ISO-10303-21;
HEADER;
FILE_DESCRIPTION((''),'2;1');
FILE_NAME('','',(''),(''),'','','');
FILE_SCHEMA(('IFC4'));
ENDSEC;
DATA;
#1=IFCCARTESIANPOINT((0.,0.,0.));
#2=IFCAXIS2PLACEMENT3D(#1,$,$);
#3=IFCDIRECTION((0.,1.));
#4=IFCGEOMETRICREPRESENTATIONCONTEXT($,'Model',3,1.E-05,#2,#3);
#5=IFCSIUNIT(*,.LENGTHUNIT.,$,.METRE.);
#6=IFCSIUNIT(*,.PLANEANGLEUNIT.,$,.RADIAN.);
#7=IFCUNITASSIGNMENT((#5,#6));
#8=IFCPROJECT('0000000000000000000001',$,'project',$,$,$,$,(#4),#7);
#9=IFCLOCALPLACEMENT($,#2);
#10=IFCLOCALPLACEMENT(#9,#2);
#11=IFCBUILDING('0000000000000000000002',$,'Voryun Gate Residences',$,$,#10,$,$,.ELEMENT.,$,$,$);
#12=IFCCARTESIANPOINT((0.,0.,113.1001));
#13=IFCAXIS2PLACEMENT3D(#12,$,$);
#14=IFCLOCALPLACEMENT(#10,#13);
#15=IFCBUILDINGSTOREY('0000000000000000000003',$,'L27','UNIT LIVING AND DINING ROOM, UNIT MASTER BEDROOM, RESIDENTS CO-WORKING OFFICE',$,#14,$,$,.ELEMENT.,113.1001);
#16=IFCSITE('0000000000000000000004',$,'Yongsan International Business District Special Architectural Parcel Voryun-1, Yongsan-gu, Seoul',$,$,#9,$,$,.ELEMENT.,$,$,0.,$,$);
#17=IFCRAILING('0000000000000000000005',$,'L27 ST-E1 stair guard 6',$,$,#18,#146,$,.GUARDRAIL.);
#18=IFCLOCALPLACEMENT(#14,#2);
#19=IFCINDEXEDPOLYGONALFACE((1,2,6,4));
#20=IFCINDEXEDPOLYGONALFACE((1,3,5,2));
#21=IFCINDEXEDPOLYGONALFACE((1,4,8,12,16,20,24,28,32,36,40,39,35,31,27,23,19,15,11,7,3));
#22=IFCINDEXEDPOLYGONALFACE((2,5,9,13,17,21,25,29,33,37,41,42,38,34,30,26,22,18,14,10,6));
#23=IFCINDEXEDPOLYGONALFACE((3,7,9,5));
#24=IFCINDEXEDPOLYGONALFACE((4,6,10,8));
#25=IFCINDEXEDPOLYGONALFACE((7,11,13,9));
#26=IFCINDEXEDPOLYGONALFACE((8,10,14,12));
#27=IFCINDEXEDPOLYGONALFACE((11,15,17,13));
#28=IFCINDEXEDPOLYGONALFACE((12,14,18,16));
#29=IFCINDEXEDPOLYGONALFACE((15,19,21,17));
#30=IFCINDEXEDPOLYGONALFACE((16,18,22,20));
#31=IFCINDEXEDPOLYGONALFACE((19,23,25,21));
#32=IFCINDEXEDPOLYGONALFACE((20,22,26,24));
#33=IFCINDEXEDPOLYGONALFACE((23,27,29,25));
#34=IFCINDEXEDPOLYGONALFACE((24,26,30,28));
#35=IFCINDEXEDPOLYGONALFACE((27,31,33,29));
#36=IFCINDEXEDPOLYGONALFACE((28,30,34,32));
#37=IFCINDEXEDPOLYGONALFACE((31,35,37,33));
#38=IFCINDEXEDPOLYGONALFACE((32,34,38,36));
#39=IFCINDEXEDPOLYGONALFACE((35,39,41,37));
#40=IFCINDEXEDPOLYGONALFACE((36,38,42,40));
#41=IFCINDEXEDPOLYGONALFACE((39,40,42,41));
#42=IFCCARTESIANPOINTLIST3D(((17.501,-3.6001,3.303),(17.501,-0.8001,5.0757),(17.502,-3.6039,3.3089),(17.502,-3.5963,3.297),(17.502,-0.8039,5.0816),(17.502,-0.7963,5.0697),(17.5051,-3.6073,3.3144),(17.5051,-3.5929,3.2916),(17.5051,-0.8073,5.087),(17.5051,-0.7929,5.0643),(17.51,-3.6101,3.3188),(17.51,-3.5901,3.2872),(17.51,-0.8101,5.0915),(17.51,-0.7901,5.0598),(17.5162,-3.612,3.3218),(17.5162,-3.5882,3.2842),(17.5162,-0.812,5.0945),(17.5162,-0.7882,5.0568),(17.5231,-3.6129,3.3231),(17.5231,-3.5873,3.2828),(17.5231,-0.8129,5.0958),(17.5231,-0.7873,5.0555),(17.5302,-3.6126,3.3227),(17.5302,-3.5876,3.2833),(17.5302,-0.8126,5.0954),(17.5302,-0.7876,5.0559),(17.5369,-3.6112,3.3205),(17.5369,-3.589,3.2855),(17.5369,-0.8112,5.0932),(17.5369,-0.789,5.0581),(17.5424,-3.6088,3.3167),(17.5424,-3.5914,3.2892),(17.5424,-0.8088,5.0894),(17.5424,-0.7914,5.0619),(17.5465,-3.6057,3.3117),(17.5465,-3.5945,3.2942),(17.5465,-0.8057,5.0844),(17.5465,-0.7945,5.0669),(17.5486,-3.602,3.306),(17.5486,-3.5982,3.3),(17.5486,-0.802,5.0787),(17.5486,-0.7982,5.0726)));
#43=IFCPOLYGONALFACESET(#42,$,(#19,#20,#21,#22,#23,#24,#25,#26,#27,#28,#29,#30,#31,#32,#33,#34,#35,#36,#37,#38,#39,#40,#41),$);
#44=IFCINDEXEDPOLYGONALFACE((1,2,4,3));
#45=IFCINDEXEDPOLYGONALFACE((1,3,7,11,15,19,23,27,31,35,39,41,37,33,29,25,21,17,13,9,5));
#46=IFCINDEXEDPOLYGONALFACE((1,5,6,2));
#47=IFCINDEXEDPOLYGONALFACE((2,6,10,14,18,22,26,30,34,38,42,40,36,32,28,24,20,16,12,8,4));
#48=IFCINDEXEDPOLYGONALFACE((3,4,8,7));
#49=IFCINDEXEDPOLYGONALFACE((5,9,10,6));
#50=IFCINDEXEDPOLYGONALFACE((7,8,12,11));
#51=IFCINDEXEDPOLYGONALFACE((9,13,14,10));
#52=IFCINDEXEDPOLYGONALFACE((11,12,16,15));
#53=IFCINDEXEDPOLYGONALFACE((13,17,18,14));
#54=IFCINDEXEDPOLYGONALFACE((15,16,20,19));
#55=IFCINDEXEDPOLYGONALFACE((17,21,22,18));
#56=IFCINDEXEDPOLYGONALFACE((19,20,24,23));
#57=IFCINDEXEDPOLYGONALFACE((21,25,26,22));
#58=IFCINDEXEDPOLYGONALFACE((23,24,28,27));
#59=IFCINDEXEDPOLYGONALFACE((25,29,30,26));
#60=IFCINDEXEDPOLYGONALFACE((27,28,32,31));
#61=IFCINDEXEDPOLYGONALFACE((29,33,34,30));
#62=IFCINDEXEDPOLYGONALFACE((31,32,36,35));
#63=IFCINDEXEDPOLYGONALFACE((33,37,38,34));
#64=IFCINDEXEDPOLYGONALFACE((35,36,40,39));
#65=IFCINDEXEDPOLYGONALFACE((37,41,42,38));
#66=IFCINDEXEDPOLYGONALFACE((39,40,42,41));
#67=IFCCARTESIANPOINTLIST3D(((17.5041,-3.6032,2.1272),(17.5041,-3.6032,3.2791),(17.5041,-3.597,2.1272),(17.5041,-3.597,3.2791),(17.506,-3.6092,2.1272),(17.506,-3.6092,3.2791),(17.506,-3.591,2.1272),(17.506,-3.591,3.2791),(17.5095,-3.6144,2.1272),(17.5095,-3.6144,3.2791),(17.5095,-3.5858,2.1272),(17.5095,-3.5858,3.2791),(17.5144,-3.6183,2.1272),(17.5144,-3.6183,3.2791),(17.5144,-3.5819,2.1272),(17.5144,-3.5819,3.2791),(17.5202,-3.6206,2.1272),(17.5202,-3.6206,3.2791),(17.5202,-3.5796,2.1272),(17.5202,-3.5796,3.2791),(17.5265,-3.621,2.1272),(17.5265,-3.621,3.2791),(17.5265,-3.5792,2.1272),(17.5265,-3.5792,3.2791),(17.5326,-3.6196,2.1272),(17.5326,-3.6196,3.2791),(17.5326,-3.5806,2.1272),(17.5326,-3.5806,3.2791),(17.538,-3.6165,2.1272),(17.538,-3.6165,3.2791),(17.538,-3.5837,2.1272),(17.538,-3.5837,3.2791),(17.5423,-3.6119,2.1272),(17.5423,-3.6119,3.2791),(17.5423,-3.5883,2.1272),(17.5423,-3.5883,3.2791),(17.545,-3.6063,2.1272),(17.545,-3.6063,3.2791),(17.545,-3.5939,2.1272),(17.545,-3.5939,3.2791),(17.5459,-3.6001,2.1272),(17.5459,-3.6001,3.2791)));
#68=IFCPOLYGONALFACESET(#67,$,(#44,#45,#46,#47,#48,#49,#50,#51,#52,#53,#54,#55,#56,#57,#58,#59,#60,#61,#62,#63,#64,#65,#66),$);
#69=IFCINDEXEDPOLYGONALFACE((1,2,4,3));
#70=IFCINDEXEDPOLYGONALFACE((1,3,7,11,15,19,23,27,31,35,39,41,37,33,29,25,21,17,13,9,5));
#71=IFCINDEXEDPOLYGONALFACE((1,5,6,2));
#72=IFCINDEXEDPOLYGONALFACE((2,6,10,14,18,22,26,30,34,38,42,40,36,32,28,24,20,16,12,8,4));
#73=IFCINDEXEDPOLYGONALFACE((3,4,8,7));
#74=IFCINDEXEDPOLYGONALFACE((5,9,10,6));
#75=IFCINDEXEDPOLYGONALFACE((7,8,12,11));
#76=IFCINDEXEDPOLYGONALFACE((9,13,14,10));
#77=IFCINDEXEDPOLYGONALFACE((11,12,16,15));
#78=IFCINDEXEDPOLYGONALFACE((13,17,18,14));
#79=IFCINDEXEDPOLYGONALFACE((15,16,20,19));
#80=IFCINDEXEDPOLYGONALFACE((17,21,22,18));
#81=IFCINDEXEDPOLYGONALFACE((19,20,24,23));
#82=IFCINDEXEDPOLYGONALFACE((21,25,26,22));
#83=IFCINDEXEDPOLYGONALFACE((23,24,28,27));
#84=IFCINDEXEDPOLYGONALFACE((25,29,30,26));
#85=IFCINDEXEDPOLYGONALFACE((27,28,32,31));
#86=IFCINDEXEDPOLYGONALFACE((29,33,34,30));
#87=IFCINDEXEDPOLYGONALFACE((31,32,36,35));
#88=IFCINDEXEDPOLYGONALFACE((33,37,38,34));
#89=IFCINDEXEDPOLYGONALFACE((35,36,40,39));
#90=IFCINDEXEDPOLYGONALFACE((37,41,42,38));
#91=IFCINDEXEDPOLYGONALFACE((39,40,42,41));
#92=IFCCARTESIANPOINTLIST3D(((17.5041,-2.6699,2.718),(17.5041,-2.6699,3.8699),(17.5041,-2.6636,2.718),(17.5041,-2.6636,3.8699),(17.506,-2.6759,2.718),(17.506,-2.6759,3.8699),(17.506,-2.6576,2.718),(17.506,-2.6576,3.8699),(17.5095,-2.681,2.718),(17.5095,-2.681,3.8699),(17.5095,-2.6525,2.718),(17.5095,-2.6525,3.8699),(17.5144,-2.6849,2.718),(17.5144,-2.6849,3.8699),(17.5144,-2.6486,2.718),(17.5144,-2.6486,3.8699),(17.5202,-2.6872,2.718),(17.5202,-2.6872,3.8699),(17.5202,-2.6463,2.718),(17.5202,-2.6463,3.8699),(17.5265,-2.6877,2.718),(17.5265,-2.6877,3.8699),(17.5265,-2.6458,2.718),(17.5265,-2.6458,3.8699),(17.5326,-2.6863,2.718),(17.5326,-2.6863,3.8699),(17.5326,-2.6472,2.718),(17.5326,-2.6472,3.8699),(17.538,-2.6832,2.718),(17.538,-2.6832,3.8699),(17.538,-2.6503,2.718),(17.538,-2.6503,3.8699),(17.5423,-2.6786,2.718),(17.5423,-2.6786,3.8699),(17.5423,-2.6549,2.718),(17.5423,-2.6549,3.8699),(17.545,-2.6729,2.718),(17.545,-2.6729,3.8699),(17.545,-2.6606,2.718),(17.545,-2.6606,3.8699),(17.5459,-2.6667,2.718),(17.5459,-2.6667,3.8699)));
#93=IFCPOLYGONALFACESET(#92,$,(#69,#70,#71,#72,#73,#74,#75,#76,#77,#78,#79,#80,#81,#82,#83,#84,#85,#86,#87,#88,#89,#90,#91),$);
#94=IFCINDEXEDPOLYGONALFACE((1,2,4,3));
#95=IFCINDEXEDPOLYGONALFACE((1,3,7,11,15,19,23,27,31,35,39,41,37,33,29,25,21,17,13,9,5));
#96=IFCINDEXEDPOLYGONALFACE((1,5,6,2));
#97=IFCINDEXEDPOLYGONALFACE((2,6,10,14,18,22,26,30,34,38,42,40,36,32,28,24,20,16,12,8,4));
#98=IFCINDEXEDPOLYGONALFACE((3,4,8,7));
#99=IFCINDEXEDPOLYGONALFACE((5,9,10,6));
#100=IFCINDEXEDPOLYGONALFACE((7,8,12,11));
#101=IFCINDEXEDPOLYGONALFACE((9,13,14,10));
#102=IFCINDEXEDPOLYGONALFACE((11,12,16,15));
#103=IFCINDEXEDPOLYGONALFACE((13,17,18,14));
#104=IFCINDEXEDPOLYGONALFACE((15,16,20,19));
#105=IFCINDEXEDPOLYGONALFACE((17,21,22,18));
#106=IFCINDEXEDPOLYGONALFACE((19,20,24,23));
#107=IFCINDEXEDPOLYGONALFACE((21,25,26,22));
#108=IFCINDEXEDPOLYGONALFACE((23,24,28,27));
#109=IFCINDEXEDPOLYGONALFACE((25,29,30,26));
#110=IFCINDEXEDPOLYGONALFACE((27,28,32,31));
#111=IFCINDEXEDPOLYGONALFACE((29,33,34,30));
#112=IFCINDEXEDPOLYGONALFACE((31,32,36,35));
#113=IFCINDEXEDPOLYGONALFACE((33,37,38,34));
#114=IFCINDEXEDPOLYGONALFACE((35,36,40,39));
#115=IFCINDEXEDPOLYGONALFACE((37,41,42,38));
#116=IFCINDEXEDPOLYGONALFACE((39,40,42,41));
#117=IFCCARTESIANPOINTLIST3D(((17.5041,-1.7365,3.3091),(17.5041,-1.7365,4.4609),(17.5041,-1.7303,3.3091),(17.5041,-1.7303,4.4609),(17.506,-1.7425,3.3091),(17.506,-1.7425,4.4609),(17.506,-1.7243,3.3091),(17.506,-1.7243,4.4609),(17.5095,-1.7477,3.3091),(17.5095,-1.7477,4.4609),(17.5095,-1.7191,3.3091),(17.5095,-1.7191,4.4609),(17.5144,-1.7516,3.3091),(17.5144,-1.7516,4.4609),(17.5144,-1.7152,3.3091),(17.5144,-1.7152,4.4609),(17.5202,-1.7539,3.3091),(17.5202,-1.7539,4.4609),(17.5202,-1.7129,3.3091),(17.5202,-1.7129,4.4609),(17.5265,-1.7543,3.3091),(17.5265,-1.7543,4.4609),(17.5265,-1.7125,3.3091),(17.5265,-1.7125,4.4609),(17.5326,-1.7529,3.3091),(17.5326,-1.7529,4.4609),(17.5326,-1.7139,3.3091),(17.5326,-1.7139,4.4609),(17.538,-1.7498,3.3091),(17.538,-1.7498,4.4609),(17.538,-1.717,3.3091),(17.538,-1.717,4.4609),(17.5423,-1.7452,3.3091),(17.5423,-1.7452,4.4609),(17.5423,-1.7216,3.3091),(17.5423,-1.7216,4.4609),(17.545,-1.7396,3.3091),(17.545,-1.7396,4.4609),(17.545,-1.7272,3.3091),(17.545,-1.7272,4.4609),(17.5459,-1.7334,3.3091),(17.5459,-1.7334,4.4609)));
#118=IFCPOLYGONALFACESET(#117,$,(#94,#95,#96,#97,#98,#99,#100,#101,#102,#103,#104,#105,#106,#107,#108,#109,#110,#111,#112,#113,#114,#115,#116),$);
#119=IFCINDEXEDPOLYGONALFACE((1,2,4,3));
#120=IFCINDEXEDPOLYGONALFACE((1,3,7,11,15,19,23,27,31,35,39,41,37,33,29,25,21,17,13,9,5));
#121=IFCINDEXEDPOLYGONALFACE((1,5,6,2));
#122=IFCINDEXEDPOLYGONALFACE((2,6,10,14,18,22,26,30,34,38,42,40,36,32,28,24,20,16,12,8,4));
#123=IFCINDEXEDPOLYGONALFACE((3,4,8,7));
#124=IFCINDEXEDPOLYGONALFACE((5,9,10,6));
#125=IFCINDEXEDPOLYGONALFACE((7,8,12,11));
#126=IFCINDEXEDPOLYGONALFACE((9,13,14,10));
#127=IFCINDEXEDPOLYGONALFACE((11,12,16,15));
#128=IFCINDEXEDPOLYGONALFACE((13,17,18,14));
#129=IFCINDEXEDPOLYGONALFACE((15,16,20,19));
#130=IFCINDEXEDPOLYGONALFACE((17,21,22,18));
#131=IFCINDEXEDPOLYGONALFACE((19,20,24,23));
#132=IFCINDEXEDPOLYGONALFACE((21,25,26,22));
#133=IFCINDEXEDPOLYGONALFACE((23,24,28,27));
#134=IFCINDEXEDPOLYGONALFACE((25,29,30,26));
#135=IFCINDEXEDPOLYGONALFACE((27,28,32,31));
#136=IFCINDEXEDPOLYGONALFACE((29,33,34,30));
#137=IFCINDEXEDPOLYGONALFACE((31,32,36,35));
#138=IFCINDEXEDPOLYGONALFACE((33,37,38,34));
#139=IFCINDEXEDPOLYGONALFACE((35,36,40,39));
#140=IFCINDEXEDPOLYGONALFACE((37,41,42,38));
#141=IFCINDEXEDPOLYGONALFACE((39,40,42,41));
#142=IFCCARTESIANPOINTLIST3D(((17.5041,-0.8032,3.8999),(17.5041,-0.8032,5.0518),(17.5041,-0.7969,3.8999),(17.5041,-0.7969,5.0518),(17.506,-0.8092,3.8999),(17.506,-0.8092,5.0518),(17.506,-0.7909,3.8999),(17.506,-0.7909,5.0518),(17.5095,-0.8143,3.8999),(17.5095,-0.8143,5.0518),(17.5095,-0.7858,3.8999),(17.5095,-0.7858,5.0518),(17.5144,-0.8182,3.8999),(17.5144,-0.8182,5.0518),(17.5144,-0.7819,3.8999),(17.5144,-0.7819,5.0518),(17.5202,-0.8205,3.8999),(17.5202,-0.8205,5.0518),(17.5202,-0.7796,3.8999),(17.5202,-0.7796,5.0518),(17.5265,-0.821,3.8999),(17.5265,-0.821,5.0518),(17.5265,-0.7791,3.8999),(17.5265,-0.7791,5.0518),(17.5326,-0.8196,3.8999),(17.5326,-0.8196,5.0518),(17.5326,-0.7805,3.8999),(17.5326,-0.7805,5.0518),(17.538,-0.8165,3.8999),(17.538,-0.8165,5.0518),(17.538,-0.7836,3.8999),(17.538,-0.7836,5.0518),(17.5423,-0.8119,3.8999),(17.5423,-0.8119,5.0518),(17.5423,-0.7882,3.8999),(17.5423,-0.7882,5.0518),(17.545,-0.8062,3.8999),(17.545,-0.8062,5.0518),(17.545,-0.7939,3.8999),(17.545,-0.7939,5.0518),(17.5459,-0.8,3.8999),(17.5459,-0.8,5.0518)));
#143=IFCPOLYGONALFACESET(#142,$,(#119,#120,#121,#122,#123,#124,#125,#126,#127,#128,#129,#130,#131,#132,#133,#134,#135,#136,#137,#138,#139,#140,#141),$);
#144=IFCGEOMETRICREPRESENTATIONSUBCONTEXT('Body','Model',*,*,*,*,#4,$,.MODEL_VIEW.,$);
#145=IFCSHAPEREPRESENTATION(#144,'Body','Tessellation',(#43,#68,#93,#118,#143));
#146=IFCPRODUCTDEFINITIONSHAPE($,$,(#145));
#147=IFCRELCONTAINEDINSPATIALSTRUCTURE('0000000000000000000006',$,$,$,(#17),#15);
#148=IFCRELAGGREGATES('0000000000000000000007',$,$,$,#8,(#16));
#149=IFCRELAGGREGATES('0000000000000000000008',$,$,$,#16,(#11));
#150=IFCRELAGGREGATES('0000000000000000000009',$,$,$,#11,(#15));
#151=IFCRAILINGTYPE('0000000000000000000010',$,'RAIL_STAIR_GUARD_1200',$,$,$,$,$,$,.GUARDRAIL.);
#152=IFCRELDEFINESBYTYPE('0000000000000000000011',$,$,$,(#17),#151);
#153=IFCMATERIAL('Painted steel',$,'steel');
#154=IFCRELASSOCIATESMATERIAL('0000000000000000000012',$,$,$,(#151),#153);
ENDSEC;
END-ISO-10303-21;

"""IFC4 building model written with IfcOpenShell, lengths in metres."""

from ifc_helpers import new_model, si_unit, direction, frame, origin, origin_2d, place, context, subcontext, project, spatial, circle, extrude, material, type_object, element, save


model = new_model("IFC4")

# Units and contexts
model_context = context("Model", 3, precision=1e-05, world=origin(), true_north=direction((0.0, 1.0)))
body_context = subcontext(model_context, "Body", "Model", "MODEL_VIEW")
ifc_project = project(units=[si_unit("LENGTHUNIT", "METRE"), si_unit("PLANEANGLEUNIT", "RADIAN")], contexts=[model_context])

# Site, building, storey
site_placement = place(None, origin())
site = spatial("IfcSite", under=ifc_project, at=site_placement, Name="Yongsan International Business District Special Architectural Parcel Voryun-1, Yongsan-gu, Seoul", CompositionType="ELEMENT", RefElevation=0.0)
building_placement = place(site_placement, origin())
building = spatial("IfcBuilding", under=site, at=building_placement, Name="Voryun Gate Residences", CompositionType="ELEMENT")
storey_placement = place(building_placement, frame((0.0, 0.0, 113.1001)))
storey = spatial("IfcBuildingStorey", under=building, at=storey_placement, Name="L27", Description="UNIT LIVING AND DINING ROOM, UNIT MASTER BEDROOM, RESIDENTS CO-WORKING OFFICE", CompositionType="ELEMENT", Elevation=113.1001)

# Railing
ifc_material_1 = material(Name="Painted steel", Category="steel")
railing_type_1 = type_object("IfcRailingType", Name="RAIL_STAIR_GUARD_1200", PredefinedType="GUARDRAIL", material=ifc_material_1)
railing_1_placement = place(storey_placement, frame((17.5249, -3.6001, 2.1272)))
element("IfcRailing", 1, at=railing_1_placement, inside=storey, type_object=railing_type_1, Name="L27 ST-E1 stair guard 6", PredefinedType="GUARDRAIL", context=body_context, shape_type="SweptSolid", body=[
    extrude(circle(Radius=0.0239, at=origin_2d()), frame((0.0, 0.0, 1.1758), z_axis=(0.0, 0.844909, 0.53491), x_axis=(-1.0, 0.0, 0.0)), (0.0, 0.0, 1.0), 3.314),
    extrude(circle(Radius=0.021, at=origin_2d()), origin(), (0.0, 0.0, 1.0), 1.1519),
    extrude(circle(Radius=0.021, at=origin_2d()), frame((0.0, 0.9333, 0.5908)), (0.0, 0.0, 1.0), 1.1519),
    extrude(circle(Radius=0.021, at=origin_2d()), frame((0.0, 1.8667, 1.1819)), (0.0, 0.0, 1.0), 1.1519),
    extrude(circle(Radius=0.021, at=origin_2d()), frame((0.0, 2.8, 1.7727)), (0.0, 0.0, 1.0), 1.1519),
])

save(model, "model.ifc")
